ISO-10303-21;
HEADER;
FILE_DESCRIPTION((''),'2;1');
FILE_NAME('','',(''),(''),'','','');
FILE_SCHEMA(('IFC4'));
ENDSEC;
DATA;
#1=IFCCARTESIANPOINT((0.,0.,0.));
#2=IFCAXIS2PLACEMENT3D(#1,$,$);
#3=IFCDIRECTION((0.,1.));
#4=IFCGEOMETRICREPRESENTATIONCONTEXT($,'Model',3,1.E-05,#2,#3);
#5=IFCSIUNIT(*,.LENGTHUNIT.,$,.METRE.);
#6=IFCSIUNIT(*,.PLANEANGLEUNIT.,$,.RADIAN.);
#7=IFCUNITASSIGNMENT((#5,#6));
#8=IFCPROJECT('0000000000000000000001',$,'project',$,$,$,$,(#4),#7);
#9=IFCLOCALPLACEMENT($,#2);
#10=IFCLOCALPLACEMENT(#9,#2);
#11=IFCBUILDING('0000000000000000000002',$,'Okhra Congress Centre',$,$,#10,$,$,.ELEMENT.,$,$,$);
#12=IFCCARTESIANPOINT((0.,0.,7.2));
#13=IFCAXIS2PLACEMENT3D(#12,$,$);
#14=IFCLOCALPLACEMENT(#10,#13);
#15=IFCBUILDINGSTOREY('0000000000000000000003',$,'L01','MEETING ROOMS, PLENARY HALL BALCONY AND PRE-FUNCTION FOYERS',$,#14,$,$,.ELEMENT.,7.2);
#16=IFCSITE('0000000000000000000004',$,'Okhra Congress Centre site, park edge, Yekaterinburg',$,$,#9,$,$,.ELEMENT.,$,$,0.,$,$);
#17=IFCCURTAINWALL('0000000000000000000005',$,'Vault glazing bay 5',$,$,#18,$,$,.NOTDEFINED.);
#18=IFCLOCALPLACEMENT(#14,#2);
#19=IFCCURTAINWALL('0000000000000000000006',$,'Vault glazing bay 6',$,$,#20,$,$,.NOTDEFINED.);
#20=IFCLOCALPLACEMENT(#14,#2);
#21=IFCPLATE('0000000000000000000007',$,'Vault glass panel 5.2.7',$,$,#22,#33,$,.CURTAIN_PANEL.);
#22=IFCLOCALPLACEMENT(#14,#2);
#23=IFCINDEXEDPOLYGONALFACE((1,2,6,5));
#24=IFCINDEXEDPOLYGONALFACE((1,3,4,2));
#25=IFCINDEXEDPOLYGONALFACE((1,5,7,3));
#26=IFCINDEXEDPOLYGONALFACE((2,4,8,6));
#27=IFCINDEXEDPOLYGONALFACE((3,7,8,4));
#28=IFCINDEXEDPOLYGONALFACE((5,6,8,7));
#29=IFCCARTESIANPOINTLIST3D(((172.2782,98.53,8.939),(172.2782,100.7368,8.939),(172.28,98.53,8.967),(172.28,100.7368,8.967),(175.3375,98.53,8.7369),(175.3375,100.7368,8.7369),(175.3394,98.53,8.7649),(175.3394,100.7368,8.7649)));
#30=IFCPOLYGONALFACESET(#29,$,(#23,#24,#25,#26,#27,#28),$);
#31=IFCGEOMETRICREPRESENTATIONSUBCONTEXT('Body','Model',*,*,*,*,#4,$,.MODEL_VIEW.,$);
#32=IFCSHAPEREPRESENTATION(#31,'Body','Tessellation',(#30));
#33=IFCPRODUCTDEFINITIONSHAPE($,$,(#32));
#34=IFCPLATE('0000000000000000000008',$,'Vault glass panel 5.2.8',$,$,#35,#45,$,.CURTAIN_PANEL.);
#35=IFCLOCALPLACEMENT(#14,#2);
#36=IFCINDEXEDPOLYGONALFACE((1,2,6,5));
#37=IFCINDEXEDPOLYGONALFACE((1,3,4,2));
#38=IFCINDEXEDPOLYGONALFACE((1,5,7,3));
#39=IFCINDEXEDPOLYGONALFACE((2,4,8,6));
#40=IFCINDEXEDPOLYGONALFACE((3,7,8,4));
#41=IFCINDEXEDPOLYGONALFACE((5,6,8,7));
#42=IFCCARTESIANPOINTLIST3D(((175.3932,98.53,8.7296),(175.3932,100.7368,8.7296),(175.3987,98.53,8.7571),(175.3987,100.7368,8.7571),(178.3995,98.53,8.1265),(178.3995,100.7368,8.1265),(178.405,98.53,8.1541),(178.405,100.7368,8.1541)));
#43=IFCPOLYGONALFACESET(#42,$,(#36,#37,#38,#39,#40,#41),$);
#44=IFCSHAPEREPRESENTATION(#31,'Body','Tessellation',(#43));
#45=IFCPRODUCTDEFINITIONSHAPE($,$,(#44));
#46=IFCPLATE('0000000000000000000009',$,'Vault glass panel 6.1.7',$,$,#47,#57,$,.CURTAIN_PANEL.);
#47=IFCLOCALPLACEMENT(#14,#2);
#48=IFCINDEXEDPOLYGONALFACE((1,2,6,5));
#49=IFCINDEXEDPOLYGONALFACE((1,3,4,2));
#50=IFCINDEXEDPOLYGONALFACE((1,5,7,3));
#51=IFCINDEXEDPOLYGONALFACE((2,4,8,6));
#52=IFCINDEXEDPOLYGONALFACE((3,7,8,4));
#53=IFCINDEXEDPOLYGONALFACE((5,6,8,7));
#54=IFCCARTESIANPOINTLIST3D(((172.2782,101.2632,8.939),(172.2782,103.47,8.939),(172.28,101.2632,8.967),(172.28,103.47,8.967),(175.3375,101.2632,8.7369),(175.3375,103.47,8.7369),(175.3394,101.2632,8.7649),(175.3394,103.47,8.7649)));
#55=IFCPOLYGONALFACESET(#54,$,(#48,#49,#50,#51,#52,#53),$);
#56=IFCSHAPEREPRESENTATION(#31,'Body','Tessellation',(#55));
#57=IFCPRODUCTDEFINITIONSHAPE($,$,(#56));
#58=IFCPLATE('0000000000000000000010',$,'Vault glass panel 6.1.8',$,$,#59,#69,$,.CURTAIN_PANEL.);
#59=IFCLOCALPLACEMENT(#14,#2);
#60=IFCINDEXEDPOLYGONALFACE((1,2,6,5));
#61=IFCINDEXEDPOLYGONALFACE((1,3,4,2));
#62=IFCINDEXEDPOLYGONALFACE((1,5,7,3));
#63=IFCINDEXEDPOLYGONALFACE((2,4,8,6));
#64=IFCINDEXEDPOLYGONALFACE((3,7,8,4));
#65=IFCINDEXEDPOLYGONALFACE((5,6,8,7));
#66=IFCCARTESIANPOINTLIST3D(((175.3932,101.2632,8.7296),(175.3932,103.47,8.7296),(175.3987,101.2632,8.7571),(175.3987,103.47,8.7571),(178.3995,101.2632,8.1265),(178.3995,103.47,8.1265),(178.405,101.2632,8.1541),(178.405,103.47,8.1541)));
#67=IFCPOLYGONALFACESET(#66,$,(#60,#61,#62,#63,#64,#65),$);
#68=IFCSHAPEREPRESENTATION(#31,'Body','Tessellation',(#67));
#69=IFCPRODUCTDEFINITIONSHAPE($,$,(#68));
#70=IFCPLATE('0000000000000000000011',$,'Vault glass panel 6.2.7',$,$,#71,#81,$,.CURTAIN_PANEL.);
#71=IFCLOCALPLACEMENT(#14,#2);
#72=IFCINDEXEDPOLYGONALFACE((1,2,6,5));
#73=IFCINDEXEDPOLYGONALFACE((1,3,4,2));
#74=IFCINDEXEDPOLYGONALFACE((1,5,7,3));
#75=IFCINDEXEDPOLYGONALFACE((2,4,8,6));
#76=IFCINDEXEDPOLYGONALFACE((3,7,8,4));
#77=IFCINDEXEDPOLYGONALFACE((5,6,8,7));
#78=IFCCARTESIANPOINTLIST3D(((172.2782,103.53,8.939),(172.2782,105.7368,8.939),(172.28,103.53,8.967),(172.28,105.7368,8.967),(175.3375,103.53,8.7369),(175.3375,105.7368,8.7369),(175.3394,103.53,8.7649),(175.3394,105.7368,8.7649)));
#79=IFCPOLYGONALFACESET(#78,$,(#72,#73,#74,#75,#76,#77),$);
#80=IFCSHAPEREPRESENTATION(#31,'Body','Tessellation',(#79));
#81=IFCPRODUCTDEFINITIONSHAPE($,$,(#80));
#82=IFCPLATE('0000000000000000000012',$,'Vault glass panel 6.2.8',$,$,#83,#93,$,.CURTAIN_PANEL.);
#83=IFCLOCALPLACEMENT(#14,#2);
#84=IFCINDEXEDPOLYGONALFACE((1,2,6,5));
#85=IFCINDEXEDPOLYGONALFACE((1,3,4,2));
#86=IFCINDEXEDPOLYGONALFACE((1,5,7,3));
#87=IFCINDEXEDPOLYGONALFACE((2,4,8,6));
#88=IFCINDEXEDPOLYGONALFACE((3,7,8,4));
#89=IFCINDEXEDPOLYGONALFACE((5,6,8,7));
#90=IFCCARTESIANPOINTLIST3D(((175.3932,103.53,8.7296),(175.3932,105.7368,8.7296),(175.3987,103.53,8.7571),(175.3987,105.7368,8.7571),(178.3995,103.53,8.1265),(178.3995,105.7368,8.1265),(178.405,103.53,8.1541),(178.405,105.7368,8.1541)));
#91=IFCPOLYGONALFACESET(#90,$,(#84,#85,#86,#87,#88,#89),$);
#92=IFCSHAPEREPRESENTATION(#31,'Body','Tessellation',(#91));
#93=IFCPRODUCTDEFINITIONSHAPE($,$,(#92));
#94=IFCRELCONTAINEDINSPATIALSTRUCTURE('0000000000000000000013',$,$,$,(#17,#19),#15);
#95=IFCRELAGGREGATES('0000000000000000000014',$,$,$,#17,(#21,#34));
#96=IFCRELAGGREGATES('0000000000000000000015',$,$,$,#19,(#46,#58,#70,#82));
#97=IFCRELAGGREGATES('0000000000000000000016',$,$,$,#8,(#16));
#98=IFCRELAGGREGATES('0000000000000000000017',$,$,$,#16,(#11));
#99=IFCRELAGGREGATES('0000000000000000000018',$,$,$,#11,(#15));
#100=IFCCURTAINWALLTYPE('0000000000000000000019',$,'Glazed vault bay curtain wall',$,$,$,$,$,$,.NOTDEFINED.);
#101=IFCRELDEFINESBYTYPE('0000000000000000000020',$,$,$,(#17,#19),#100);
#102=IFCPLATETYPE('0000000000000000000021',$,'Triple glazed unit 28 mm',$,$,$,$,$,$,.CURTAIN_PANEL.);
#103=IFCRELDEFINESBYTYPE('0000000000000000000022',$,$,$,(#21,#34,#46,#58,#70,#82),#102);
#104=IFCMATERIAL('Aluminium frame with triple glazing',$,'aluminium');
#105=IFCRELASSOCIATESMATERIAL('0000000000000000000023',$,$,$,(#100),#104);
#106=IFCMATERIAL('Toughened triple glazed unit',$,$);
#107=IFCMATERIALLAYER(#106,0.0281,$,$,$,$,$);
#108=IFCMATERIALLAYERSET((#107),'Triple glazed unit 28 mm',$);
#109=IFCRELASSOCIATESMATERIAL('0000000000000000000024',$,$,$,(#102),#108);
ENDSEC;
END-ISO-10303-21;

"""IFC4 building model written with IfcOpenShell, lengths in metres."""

from ifc_helpers import new_model, si_unit, direction, frame, origin, place, context, subcontext, project, spatial, polyline, outline, extrude, material, layer, layer_set, type_object, element, aggregate, save


model = new_model("IFC4")

# Units and contexts
model_context = context("Model", 3, precision=1e-05, world=origin(), true_north=direction((0.0, 1.0)))
body_context = subcontext(model_context, "Body", "Model", "MODEL_VIEW")
ifc_project = project(units=[si_unit("LENGTHUNIT", "METRE"), si_unit("PLANEANGLEUNIT", "RADIAN")], contexts=[model_context])

# Site, building, storey
site_placement = place(None, origin())
site = spatial("IfcSite", under=ifc_project, at=site_placement, Name="Okhra Congress Centre site, park edge, Yekaterinburg", CompositionType="ELEMENT", RefElevation=0.0)
building_placement = place(site_placement, origin())
building = spatial("IfcBuilding", under=site, at=building_placement, Name="Okhra Congress Centre", CompositionType="ELEMENT")
storey_placement = place(building_placement, frame((0.0, 0.0, 7.2)))
storey = spatial("IfcBuildingStorey", under=building, at=storey_placement, Name="L01", Description="MEETING ROOMS, PLENARY HALL BALCONY AND PRE-FUNCTION FOYERS", CompositionType="ELEMENT", Elevation=7.2)

# Curtain walls
ifc_material_1 = material(Name="Aluminium frame with triple glazing", Category="aluminium")
curtain_wall_type = type_object("IfcCurtainWallType", Name="Glazed vault bay curtain wall", PredefinedType="NOTDEFINED", material=ifc_material_1)
curtain_wall_1_placement = place(storey_placement, origin())
curtain_wall_1 = element("IfcCurtainWall", 1, at=curtain_wall_1_placement, inside=storey, type_object=curtain_wall_type, Name="Vault glazing bay 5", PredefinedType="NOTDEFINED")
curtain_wall_2_placement = place(storey_placement, origin())
curtain_wall_2 = element("IfcCurtainWall", 2, at=curtain_wall_2_placement, inside=storey, type_object=curtain_wall_type, Name="Vault glazing bay 6", PredefinedType="NOTDEFINED")

# Plates
ifc_material_2 = material(Name="Toughened triple glazed unit")
ifc_layer = layer(ifc_material_2, 0.0281)
ifc_layer_set = layer_set([ifc_layer], Name="Triple glazed unit 28 mm")
plate_type = type_object("IfcPlateType", Name="Triple glazed unit 28 mm", PredefinedType="CURTAIN_PANEL", material=ifc_layer_set)
plate_1_placement = place(storey_placement, frame((172.28, 98.53, 8.967), z_axis=(0.065932, 0.0, 0.997824), x_axis=(0.997824, 0.0, -0.065932)))
plate_1 = element("IfcPlate", 3, at=plate_1_placement, type_object=plate_type, Name="Vault glass panel 5.2.7", PredefinedType="CURTAIN_PANEL", context=body_context, shape_type="SweptSolid", body=[
    extrude(outline(polyline([(0.0, 0.0), (3.066, 0.0), (3.066, 2.2068), (0.0, 2.2068), (0.0, 0.0)])), origin(), (0.0, 0.0, -1.0), 0.0281),
])
plate_2_placement = place(storey_placement, frame((175.3987, 98.53, 8.7571), z_axis=(0.196667, 0.0, 0.98047), x_axis=(0.98047, 0.0, -0.196667)))
plate_2 = element("IfcPlate", 4, at=plate_2_placement, type_object=plate_type, Name="Vault glass panel 5.2.8", PredefinedType="CURTAIN_PANEL", context=body_context, shape_type="SweptSolid", body=[
    extrude(outline(polyline([(0.0, 0.0), (3.0662, 0.0), (3.0662, 2.2068), (0.0, 2.2068), (0.0, 0.0)])), origin(), (0.0, 0.0, -1.0), 0.0281),
])
aggregate(curtain_wall_1, [plate_1, plate_2])
plate_3_placement = place(storey_placement, frame((172.28, 101.2632, 8.967), z_axis=(0.065932, 0.0, 0.997824), x_axis=(0.997824, 0.0, -0.065932)))
plate_3 = element("IfcPlate", 5, at=plate_3_placement, type_object=plate_type, Name="Vault glass panel 6.1.7", PredefinedType="CURTAIN_PANEL", context=body_context, shape_type="SweptSolid", body=[
    extrude(outline(polyline([(0.0, 0.0), (3.066, 0.0), (3.066, 2.2068), (0.0, 2.2068), (0.0, 0.0)])), origin(), (0.0, 0.0, -1.0), 0.0281),
])
plate_4_placement = place(storey_placement, frame((175.3987, 101.2632, 8.7571), z_axis=(0.196667, 0.0, 0.98047), x_axis=(0.98047, 0.0, -0.196667)))
plate_4 = element("IfcPlate", 6, at=plate_4_placement, type_object=plate_type, Name="Vault glass panel 6.1.8", PredefinedType="CURTAIN_PANEL", context=body_context, shape_type="SweptSolid", body=[
    extrude(outline(polyline([(0.0, 0.0), (3.0662, 0.0), (3.0662, 2.2068), (0.0, 2.2068), (0.0, 0.0)])), origin(), (0.0, 0.0, -1.0), 0.0281),
])
plate_5_placement = place(storey_placement, frame((172.28, 103.53, 8.967), z_axis=(0.065932, 0.0, 0.997824), x_axis=(0.997824, 0.0, -0.065932)))
plate_5 = element("IfcPlate", 7, at=plate_5_placement, type_object=plate_type, Name="Vault glass panel 6.2.7", PredefinedType="CURTAIN_PANEL", context=body_context, shape_type="SweptSolid", body=[
    extrude(outline(polyline([(0.0, 0.0), (3.066, 0.0), (3.066, 2.2068), (0.0, 2.2068), (0.0, 0.0)])), origin(), (0.0, 0.0, -1.0), 0.0281),
])
plate_6_placement = place(storey_placement, frame((175.3987, 103.53, 8.7571), z_axis=(0.196667, 0.0, 0.98047), x_axis=(0.98047, 0.0, -0.196667)))
plate_6 = element("IfcPlate", 8, at=plate_6_placement, type_object=plate_type, Name="Vault glass panel 6.2.8", PredefinedType="CURTAIN_PANEL", context=body_context, shape_type="SweptSolid", body=[
    extrude(outline(polyline([(0.0, 0.0), (3.0662, 0.0), (3.0662, 2.2068), (0.0, 2.2068), (0.0, 0.0)])), origin(), (0.0, 0.0, -1.0), 0.0281),
])
aggregate(curtain_wall_2, [plate_3, plate_4, plate_5, plate_6])

save(model, "model.ifc")
